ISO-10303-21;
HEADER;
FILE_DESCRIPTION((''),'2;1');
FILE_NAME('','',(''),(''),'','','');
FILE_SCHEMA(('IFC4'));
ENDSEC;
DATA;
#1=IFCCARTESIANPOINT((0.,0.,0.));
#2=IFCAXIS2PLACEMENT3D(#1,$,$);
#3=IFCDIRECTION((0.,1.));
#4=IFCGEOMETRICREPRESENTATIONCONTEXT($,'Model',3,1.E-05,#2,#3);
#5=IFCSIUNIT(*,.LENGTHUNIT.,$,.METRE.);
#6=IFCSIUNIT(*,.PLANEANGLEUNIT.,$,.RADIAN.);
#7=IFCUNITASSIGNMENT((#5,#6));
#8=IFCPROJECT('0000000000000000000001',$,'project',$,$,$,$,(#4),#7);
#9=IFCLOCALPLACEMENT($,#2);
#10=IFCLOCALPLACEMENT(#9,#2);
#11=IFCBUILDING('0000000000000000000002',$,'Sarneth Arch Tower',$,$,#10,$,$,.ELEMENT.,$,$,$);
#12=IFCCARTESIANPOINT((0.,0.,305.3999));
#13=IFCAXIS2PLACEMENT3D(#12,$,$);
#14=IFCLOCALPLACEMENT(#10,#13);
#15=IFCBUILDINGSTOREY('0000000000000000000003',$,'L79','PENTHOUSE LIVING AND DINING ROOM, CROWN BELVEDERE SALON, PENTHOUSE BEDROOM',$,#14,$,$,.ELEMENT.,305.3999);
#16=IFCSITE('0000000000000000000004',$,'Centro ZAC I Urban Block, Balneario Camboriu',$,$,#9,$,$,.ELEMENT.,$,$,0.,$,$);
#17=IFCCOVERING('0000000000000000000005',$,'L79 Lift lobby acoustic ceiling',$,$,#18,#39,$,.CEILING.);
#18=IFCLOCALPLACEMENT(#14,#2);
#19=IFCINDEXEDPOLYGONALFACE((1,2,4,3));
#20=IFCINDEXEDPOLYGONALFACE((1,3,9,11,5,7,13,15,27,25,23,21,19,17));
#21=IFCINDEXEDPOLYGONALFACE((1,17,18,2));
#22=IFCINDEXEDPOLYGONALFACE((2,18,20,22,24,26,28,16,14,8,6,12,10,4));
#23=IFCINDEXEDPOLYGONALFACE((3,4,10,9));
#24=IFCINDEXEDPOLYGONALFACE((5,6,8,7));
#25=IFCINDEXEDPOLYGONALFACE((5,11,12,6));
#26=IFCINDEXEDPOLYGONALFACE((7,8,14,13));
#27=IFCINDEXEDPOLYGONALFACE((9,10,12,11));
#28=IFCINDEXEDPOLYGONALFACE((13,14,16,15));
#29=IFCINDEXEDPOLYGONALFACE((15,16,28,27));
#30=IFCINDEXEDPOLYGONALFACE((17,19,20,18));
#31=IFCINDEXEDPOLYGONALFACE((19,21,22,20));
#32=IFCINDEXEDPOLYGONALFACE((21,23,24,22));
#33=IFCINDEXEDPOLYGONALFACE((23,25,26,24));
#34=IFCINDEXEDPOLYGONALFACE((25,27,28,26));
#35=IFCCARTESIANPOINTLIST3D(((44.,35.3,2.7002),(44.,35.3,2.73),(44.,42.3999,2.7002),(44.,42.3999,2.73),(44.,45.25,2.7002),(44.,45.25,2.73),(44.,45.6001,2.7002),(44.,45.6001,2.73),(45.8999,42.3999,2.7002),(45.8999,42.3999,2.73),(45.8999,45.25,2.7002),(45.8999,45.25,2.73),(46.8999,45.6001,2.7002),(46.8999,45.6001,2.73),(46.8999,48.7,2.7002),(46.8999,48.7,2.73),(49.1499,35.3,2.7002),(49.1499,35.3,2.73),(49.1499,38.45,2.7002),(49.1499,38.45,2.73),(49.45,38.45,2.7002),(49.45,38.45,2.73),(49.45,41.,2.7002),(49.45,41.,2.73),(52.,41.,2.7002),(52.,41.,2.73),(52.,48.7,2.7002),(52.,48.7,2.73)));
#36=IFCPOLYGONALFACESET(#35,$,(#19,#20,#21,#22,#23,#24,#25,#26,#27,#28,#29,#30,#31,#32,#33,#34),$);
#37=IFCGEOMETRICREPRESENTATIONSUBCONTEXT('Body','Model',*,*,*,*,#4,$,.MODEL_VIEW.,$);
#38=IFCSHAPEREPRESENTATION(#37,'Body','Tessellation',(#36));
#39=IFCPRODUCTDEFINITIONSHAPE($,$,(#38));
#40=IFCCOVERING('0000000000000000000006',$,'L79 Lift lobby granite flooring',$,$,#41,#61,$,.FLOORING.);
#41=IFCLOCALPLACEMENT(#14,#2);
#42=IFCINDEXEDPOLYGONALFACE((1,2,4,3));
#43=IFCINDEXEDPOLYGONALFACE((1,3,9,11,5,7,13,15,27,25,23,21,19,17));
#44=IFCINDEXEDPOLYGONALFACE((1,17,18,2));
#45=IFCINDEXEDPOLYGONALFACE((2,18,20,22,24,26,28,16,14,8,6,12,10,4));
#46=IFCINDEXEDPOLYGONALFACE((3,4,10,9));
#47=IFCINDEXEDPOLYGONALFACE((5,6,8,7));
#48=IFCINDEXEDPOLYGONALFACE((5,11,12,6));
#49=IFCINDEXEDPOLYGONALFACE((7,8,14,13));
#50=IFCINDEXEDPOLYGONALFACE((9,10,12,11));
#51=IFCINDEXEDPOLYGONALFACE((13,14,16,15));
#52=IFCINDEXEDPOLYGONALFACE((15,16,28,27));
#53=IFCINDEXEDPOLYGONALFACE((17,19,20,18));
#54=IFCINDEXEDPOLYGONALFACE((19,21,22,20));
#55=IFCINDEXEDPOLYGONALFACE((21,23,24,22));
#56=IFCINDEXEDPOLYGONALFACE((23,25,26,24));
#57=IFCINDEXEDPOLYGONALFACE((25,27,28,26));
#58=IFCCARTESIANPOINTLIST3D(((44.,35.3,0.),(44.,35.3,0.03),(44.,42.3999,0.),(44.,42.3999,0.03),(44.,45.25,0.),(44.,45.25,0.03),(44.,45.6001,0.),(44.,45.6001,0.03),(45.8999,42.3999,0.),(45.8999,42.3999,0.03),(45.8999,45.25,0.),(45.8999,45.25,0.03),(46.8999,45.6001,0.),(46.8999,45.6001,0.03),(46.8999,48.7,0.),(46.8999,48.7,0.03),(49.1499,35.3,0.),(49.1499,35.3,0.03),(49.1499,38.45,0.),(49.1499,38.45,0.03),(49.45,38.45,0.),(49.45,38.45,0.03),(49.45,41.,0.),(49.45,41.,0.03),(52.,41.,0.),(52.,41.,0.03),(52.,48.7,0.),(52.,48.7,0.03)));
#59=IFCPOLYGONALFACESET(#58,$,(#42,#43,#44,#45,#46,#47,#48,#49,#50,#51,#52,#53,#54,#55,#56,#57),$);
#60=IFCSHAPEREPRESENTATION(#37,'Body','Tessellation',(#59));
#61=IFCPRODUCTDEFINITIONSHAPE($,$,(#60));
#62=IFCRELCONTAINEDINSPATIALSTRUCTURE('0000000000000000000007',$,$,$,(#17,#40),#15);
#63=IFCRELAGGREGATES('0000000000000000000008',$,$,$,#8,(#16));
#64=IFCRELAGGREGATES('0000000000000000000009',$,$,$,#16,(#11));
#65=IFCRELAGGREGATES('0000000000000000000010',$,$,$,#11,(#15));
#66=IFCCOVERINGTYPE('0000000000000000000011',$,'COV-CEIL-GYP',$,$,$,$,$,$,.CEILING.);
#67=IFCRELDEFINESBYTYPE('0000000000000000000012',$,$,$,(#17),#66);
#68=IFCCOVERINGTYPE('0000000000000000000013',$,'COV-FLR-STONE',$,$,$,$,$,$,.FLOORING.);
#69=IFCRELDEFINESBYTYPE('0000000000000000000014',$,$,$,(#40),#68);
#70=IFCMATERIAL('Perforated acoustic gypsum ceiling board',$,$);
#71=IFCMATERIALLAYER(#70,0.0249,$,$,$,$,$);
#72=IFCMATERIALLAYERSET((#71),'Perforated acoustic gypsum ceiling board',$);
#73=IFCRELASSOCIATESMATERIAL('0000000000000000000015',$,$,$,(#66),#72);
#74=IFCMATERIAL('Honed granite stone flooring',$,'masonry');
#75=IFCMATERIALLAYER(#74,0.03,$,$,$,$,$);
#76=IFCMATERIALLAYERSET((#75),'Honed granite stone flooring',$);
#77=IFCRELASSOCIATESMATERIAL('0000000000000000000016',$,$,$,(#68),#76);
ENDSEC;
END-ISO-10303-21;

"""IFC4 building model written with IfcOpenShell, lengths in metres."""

from ifc_helpers import new_model, si_unit, direction, frame, origin, place, context, subcontext, project, spatial, polyline, outline, extrude, material, layer, layer_set, type_object, element, save


model = new_model("IFC4")

# Units and contexts
model_context = context("Model", 3, precision=1e-05, world=origin(), true_north=direction((0.0, 1.0)))
body_context = subcontext(model_context, "Body", "Model", "MODEL_VIEW")
ifc_project = project(units=[si_unit("LENGTHUNIT", "METRE"), si_unit("PLANEANGLEUNIT", "RADIAN")], contexts=[model_context])

# Site, building, storey
site_placement = place(None, origin())
site = spatial("IfcSite", under=ifc_project, at=site_placement, Name="Centro ZAC I Urban Block, Balneario Camboriu", CompositionType="ELEMENT", RefElevation=0.0)
building_placement = place(site_placement, origin())
building = spatial("IfcBuilding", under=site, at=building_placement, Name="Sarneth Arch Tower", CompositionType="ELEMENT")
storey_placement = place(building_placement, frame((0.0, 0.0, 305.3999)))
storey = spatial("IfcBuildingStorey", under=building, at=storey_placement, Name="L79", Description="PENTHOUSE LIVING AND DINING ROOM, CROWN BELVEDERE SALON, PENTHOUSE BEDROOM", CompositionType="ELEMENT", Elevation=305.3999)

# Coverings
ifc_material_1 = material(Name="Perforated acoustic gypsum ceiling board")
ifc_layer_1 = layer(ifc_material_1, 0.0249)
ifc_layer_set_1 = layer_set([ifc_layer_1], Name="Perforated acoustic gypsum ceiling board")
covering_type_1 = type_object("IfcCoveringType", Name="COV-CEIL-GYP", PredefinedType="CEILING", material=ifc_layer_set_1)
covering_1_placement = place(storey_placement, frame((0.0, 0.0, 2.7002)))
element("IfcCovering", 1, at=covering_1_placement, inside=storey, type_object=covering_type_1, Name="L79 Lift lobby acoustic ceiling", PredefinedType="CEILING", context=body_context, shape_type="SweptSolid", body=[
    extrude(outline(polyline([(49.45, 41.0), (49.45, 38.45), (49.1499, 38.45), (49.1499, 35.3), (44.0, 35.3), (44.0, 42.3999), (45.8999, 42.3999), (45.8999, 45.25), (44.0, 45.25), (44.0, 45.6001), (46.8999, 45.6001), (46.8999, 48.7), (52.0, 48.7), (52.0, 41.0), (49.45, 41.0)])), origin(), (0.0, 0.0, 1.0), 0.0298),
])
ifc_material_2 = material(Name="Honed granite stone flooring", Category="masonry")
ifc_layer_2 = layer(ifc_material_2, 0.03)
ifc_layer_set_2 = layer_set([ifc_layer_2], Name="Honed granite stone flooring")
covering_type_2 = type_object("IfcCoveringType", Name="COV-FLR-STONE", PredefinedType="FLOORING", material=ifc_layer_set_2)
covering_2_placement = place(storey_placement, origin())
element("IfcCovering", 2, at=covering_2_placement, inside=storey, type_object=covering_type_2, Name="L79 Lift lobby granite flooring", PredefinedType="FLOORING", context=body_context, shape_type="SweptSolid", body=[
    extrude(outline(polyline([(49.45, 41.0), (49.45, 38.45), (49.1499, 38.45), (49.1499, 35.3), (44.0, 35.3), (44.0, 42.3999), (45.8999, 42.3999), (45.8999, 45.25), (44.0, 45.25), (44.0, 45.6001), (46.8999, 45.6001), (46.8999, 48.7), (52.0, 48.7), (52.0, 41.0), (49.45, 41.0)])), origin(), (0.0, 0.0, 1.0), 0.03),
])

save(model, "model.ifc")
